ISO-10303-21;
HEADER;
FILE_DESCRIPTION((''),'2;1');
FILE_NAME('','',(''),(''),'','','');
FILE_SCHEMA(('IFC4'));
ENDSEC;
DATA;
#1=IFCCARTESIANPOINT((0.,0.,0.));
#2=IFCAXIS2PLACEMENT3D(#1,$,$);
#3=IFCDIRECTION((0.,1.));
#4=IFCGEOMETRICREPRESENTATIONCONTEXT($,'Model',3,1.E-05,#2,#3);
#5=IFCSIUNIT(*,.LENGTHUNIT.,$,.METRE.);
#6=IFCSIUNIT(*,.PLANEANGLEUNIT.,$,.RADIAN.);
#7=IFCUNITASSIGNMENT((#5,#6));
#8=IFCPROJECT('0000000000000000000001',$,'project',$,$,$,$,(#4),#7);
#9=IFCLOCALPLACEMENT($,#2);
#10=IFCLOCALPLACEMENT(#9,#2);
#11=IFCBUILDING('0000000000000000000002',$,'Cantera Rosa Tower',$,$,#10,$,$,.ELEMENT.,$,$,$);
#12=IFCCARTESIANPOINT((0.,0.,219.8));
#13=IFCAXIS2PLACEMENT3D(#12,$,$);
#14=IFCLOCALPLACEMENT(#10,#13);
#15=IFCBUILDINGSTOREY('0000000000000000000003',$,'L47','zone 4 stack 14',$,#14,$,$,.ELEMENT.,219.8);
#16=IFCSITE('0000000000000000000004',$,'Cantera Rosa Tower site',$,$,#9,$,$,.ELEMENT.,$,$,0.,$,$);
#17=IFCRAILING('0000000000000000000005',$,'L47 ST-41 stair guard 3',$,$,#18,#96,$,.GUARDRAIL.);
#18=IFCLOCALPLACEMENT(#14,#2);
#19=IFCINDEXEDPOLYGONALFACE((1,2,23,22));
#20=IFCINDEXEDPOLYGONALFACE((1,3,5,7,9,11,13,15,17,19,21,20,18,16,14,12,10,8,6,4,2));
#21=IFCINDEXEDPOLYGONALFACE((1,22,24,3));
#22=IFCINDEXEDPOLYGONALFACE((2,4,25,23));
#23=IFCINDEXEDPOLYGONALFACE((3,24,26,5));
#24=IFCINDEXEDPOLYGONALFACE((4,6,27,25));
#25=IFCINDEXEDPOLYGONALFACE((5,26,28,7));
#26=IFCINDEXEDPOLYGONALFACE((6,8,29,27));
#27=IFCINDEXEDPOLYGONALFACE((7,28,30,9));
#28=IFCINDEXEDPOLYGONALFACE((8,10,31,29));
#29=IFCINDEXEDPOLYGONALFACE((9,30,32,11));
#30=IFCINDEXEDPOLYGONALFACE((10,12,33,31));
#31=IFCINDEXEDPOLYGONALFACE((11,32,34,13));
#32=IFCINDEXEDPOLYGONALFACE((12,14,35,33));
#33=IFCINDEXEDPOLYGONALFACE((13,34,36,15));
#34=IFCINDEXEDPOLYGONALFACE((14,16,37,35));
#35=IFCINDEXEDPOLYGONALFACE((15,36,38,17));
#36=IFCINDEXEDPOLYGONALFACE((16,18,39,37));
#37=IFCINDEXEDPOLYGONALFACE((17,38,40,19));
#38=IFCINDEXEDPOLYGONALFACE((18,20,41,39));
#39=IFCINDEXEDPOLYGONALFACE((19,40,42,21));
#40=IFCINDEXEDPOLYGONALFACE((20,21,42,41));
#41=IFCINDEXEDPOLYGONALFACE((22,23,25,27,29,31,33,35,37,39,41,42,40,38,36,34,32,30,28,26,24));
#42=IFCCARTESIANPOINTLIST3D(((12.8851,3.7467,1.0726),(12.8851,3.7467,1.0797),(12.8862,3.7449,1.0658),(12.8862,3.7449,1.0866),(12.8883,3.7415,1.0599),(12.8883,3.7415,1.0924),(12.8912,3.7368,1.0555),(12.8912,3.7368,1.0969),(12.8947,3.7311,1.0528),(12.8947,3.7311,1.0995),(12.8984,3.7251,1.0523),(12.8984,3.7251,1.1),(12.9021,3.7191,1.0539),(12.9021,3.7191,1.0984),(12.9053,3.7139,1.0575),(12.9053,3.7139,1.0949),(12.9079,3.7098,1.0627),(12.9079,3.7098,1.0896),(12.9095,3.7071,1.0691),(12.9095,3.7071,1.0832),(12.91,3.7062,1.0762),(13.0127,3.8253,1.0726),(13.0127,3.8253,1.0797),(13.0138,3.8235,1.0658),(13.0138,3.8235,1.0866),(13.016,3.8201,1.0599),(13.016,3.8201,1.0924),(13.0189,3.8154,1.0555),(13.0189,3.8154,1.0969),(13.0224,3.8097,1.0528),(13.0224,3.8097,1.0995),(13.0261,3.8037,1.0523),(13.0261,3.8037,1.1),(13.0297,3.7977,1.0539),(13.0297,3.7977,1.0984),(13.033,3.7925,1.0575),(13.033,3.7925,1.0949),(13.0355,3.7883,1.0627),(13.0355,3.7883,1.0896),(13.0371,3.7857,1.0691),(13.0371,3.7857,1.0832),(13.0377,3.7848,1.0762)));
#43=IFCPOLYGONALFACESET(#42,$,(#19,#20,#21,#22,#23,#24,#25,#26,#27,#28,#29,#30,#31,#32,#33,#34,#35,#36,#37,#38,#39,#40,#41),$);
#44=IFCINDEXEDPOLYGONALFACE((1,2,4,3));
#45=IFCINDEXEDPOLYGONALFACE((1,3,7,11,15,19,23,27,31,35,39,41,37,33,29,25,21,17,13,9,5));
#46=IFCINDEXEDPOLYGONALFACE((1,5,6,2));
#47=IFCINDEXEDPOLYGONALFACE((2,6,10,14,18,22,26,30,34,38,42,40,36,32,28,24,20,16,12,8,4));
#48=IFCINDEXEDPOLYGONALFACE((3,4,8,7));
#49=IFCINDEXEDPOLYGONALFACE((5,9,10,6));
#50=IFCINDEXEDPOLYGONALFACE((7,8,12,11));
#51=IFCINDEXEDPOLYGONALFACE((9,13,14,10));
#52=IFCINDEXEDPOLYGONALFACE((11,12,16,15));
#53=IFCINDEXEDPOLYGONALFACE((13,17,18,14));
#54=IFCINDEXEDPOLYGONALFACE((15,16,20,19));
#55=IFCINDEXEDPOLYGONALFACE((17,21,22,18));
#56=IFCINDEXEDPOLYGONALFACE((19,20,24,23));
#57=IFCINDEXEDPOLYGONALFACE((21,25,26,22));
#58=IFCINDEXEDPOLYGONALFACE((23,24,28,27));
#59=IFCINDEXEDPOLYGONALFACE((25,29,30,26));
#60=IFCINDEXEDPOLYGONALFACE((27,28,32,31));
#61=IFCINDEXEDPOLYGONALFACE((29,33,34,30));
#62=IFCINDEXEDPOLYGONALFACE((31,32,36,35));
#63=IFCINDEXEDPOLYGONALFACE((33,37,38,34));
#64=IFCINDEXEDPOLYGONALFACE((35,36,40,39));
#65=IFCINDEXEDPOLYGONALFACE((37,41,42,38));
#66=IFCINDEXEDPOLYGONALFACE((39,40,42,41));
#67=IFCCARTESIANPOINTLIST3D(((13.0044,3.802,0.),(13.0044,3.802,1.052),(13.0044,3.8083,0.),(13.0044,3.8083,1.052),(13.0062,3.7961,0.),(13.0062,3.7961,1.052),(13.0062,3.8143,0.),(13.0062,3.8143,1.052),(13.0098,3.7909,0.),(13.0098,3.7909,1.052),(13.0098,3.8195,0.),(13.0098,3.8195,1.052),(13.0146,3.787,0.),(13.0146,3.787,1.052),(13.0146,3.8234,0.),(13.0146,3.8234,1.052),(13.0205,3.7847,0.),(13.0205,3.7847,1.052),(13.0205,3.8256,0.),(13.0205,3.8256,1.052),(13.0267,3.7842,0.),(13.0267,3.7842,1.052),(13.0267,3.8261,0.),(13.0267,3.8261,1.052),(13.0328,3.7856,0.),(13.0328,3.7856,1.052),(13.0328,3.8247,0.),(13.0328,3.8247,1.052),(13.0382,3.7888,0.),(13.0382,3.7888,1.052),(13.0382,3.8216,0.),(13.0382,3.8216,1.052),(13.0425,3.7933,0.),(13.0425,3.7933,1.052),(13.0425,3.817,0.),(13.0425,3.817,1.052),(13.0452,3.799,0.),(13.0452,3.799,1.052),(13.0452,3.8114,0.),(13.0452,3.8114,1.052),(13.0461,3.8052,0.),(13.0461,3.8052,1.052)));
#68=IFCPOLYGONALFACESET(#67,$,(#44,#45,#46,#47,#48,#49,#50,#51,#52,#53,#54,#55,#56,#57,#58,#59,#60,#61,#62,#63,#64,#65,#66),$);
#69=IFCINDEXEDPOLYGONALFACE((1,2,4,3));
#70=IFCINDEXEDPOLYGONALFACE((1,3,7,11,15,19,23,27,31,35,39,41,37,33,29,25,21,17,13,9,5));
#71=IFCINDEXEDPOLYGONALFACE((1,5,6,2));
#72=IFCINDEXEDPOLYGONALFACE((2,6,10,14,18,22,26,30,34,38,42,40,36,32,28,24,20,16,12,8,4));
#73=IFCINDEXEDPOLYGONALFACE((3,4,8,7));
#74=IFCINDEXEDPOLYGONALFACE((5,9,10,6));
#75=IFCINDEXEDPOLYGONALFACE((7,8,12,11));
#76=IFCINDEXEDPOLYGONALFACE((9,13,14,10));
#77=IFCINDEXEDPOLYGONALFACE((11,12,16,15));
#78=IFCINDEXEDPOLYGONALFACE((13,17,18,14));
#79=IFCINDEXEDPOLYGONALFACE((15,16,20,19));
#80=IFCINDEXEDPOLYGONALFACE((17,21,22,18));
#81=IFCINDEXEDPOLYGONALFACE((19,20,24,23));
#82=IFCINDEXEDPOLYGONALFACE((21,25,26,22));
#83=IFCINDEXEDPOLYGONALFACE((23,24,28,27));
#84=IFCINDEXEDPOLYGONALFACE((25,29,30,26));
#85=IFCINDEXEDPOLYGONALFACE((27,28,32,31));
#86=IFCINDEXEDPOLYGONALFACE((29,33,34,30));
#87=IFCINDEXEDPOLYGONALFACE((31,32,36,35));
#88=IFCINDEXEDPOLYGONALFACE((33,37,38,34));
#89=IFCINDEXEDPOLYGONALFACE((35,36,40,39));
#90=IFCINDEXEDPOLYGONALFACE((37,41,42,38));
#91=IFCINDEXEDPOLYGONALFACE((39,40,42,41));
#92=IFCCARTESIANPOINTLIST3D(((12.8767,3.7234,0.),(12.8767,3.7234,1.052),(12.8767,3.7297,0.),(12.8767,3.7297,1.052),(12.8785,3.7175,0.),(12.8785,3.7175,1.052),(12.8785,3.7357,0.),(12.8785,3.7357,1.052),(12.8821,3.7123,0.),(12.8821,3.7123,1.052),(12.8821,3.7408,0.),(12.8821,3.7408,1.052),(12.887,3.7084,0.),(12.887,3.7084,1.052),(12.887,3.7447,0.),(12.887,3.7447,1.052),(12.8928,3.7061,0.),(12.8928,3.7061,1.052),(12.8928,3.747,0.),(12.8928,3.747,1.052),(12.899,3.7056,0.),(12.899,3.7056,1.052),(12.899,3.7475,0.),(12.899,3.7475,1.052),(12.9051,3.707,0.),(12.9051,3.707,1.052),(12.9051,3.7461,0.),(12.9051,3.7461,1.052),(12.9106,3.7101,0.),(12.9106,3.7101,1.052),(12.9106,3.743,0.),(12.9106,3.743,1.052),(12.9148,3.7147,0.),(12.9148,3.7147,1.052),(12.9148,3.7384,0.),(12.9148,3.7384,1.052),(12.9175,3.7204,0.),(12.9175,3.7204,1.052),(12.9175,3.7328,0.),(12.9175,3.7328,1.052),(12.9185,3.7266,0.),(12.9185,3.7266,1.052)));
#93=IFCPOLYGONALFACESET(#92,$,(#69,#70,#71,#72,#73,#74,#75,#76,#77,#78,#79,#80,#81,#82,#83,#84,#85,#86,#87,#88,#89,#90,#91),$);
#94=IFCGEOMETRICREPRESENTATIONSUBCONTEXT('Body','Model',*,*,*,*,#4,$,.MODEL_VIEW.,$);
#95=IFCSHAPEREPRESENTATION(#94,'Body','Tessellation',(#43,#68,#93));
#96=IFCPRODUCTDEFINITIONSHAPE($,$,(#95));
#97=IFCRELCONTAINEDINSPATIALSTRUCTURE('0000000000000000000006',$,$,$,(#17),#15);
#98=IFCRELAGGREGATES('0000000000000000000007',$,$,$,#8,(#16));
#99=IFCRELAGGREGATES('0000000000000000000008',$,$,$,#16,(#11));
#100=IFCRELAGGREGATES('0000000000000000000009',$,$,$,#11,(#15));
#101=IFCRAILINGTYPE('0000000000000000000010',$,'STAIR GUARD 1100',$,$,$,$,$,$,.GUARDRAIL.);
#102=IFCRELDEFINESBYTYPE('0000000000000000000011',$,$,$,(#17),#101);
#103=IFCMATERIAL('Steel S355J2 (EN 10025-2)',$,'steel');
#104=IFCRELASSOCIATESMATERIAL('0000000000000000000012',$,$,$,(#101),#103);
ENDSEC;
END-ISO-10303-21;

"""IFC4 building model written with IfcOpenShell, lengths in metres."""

from ifc_helpers import new_model, si_unit, direction, frame, origin, origin_2d, place, context, subcontext, project, spatial, circle, extrude, material, type_object, element, save


model = new_model("IFC4")

# Units and contexts
model_context = context("Model", 3, precision=1e-05, world=origin(), true_north=direction((0.0, 1.0)))
body_context = subcontext(model_context, "Body", "Model", "MODEL_VIEW")
ifc_project = project(units=[si_unit("LENGTHUNIT", "METRE"), si_unit("PLANEANGLEUNIT", "RADIAN")], contexts=[model_context])

# Site, building, storey
site_placement = place(None, origin())
site = spatial("IfcSite", under=ifc_project, at=site_placement, Name="Cantera Rosa Tower site", CompositionType="ELEMENT", RefElevation=0.0)
building_placement = place(site_placement, origin())
building = spatial("IfcBuilding", under=site, at=building_placement, Name="Cantera Rosa Tower", CompositionType="ELEMENT")
storey_placement = place(building_placement, frame((0.0, 0.0, 219.8)))
storey = spatial("IfcBuildingStorey", under=building, at=storey_placement, Name="L47", Description="zone 4 stack 14", CompositionType="ELEMENT", Elevation=219.8)

# Railing
ifc_material_1 = material(Name="Steel S355J2 (EN 10025-2)", Category="steel")
railing_type_1 = type_object("IfcRailingType", Name="STAIR GUARD 1100", PredefinedType="GUARDRAIL", material=ifc_material_1)
railing_1_placement = place(storey_placement, frame((13.0251, 3.8052, 0.0)))
element("IfcRailing", 1, at=railing_1_placement, inside=storey, type_object=railing_type_1, Name="L47 ST-41 stair guard 3", PredefinedType="GUARDRAIL", context=body_context, shape_type="SweptSolid", body=[
    extrude(circle(Radius=0.0239, at=origin_2d()), frame((0.0, 0.0, 1.0762), z_axis=(-0.851546, -0.524279, 0.0), x_axis=(0.524279, -0.851546, 0.0)), (0.0, 0.0, 1.0), 0.1499),
    extrude(circle(Radius=0.021, at=origin_2d()), origin(), (0.0, 0.0, 1.0), 1.052),
    extrude(circle(Radius=0.021, at=origin_2d()), frame((-0.1277, -0.0786, 0.0)), (0.0, 0.0, 1.0), 1.052),
])

save(model, "model.ifc")
